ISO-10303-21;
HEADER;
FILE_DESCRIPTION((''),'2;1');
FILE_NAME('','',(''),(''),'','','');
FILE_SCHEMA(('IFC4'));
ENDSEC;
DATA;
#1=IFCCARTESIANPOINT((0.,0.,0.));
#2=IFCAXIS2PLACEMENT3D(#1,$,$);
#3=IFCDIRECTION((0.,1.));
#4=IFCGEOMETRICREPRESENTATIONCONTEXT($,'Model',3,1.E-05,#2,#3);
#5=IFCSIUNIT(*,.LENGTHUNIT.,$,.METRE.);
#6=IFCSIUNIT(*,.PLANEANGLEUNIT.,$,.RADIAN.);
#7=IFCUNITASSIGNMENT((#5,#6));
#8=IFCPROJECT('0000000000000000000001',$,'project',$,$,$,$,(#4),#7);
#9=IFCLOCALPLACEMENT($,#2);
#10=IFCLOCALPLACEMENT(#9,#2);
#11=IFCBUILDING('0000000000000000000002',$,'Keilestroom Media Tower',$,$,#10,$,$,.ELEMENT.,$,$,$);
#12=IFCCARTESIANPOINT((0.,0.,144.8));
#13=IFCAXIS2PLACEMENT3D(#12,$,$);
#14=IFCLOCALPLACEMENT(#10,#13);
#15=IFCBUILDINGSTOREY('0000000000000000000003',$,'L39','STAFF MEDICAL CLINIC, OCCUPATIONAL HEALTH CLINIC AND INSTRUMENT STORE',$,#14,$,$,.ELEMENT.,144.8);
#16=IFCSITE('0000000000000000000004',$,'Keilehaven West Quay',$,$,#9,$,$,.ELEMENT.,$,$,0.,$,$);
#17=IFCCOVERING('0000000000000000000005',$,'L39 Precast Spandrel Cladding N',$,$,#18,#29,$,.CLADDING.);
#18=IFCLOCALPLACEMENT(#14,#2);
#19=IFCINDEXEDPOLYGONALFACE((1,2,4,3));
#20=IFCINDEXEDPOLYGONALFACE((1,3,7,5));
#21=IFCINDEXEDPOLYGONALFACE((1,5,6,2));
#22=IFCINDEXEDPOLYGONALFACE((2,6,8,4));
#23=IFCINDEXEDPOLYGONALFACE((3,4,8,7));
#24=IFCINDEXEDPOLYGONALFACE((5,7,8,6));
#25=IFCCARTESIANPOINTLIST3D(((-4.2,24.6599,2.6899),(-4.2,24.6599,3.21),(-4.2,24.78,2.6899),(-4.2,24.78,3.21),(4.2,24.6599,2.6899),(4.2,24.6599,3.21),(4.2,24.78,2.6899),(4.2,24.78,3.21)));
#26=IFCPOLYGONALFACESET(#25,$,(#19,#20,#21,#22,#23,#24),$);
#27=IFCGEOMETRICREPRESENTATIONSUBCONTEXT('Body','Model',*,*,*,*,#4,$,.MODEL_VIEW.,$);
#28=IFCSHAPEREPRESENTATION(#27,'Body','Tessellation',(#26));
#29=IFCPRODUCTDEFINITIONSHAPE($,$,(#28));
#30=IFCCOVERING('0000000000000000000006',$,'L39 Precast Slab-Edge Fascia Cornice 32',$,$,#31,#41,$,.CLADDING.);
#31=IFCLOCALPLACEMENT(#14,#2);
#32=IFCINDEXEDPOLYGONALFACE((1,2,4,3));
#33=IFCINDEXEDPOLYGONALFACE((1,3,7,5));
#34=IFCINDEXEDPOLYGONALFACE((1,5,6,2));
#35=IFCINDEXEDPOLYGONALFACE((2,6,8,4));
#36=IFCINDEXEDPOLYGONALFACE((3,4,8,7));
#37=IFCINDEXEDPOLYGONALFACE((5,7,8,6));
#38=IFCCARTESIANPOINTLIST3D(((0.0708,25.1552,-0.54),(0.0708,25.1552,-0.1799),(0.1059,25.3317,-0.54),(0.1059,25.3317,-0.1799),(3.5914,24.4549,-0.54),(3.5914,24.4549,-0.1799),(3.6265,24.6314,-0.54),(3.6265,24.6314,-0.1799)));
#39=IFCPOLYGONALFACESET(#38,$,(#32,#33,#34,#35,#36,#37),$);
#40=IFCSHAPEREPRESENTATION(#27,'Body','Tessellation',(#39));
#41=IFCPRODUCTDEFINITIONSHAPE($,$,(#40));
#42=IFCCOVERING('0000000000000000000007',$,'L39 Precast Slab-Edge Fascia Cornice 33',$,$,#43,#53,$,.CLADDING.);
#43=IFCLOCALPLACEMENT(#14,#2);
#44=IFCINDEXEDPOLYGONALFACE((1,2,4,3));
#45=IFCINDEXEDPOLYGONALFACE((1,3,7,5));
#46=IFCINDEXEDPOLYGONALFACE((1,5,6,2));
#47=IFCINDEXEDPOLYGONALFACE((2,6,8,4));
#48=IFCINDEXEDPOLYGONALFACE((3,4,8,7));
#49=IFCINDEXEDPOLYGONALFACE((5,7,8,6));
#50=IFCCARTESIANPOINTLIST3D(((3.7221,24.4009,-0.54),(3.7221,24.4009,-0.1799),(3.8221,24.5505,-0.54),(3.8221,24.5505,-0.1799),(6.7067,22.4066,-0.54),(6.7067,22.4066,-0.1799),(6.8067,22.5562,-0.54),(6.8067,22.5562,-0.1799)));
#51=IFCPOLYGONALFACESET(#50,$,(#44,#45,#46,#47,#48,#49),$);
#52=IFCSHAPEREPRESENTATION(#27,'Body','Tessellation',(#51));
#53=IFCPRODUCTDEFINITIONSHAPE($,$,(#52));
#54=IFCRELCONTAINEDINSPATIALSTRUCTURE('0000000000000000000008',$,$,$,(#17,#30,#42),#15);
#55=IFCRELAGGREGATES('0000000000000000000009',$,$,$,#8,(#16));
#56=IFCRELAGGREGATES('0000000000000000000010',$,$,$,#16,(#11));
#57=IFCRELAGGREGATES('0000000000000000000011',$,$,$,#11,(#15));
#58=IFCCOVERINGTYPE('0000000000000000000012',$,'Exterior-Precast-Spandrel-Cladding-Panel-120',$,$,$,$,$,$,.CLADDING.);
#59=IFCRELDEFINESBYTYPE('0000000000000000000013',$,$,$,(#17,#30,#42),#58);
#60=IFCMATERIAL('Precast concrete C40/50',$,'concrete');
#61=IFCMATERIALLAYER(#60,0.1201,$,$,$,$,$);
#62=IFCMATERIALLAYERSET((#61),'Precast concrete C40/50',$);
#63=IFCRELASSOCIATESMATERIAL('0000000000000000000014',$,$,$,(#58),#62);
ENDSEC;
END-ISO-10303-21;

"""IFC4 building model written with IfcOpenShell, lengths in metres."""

from ifc_helpers import new_model, si_unit, direction, frame, origin, origin_2d, place, context, subcontext, project, spatial, rectangle, extrude, source, transform, mapped, material, layer, layer_set, type_object, element, save


model = new_model("IFC4")

# Units and contexts
model_context = context("Model", 3, precision=1e-05, world=origin(), true_north=direction((0.0, 1.0)))
body_context = subcontext(model_context, "Body", "Model", "MODEL_VIEW")
ifc_project = project(units=[si_unit("LENGTHUNIT", "METRE"), si_unit("PLANEANGLEUNIT", "RADIAN")], contexts=[model_context])

# Site, building, storey
site_placement = place(None, origin())
site = spatial("IfcSite", under=ifc_project, at=site_placement, Name="Keilehaven West Quay", CompositionType="ELEMENT", RefElevation=0.0)
building_placement = place(site_placement, origin())
building = spatial("IfcBuilding", under=site, at=building_placement, Name="Keilestroom Media Tower", CompositionType="ELEMENT")
storey_placement = place(building_placement, frame((0.0, 0.0, 144.8)))
storey = spatial("IfcBuildingStorey", under=building, at=storey_placement, Name="L39", Description="STAFF MEDICAL CLINIC, OCCUPATIONAL HEALTH CLINIC AND INSTRUMENT STORE", CompositionType="ELEMENT", Elevation=144.8)

# Shared definitions
ifc_material_1 = material(Name="Precast concrete C40/50", Category="concrete")

# Coverings
ifc_layer_1 = layer(ifc_material_1, 0.1201)
ifc_layer_set_1 = layer_set([ifc_layer_1], Name="Precast concrete C40/50")
covering_type = type_object("IfcCoveringType", Name="Exterior-Precast-Spandrel-Cladding-Panel-120", PredefinedType="CLADDING", material=ifc_layer_set_1)
shared_shape_1 = source(origin(), body_context, "Body", "SweptSolid", [
    extrude(rectangle(XDim=8.3999, YDim=0.1201, at=origin_2d()), origin(), (0.0, 0.0, 1.0), 0.52),
])
covering_placement = place(storey_placement, frame((0.0, 24.72, 2.6899), z_axis=(0.0, 0.0, 1.0), x_axis=(1.0, 0.0, 0.0)))
element("IfcCovering", 1, at=covering_placement, inside=storey, type_object=covering_type, Name="L39 Precast Spandrel Cladding N", PredefinedType="CLADDING", context=body_context, shape_type="MappedRepresentation", body=[
    mapped(shared_shape_1, transform((0.0, 0.0, 0.0), x_axis=(1.0, 0.0, 0.0), y_axis=(0.0, 1.0, 0.0), z_axis=(0.0, 0.0, 1.0), scale=1.0)),
])
shared_shape_2 = source(origin(), body_context, "Body", "SweptSolid", [
    extrude(rectangle(XDim=3.5896, YDim=0.1799, at=origin_2d()), origin(), (0.0, 0.0, 1.0), 0.3601),
])
for number, where, z_axis, x_axis, name in (
    (2, (1.8486, 24.8933, -0.54), (0.0, 0.0, 1.0), (0.980784, -0.195099, 0.0), "L39 Precast Slab-Edge Fascia Cornice 32"),
    (3, (5.2644, 23.4785, -0.54), (0.0, 0.0, 1.0), (0.831467, -0.555575, 0.0), "L39 Precast Slab-Edge Fascia Cornice 33"),
):
    element("IfcCovering", number, at=place(storey_placement, frame(where, z_axis=z_axis, x_axis=x_axis)), inside=storey, type_object=covering_type, Name=name, PredefinedType="CLADDING", context=body_context, shape_type="MappedRepresentation", body=[
        mapped(shared_shape_2, transform((0.0, 0.0, 0.0), x_axis=(1.0, 0.0, 0.0), y_axis=(0.0, 1.0, 0.0), z_axis=(0.0, 0.0, 1.0), scale=1.0)),
    ])

save(model, "model.ifc")
